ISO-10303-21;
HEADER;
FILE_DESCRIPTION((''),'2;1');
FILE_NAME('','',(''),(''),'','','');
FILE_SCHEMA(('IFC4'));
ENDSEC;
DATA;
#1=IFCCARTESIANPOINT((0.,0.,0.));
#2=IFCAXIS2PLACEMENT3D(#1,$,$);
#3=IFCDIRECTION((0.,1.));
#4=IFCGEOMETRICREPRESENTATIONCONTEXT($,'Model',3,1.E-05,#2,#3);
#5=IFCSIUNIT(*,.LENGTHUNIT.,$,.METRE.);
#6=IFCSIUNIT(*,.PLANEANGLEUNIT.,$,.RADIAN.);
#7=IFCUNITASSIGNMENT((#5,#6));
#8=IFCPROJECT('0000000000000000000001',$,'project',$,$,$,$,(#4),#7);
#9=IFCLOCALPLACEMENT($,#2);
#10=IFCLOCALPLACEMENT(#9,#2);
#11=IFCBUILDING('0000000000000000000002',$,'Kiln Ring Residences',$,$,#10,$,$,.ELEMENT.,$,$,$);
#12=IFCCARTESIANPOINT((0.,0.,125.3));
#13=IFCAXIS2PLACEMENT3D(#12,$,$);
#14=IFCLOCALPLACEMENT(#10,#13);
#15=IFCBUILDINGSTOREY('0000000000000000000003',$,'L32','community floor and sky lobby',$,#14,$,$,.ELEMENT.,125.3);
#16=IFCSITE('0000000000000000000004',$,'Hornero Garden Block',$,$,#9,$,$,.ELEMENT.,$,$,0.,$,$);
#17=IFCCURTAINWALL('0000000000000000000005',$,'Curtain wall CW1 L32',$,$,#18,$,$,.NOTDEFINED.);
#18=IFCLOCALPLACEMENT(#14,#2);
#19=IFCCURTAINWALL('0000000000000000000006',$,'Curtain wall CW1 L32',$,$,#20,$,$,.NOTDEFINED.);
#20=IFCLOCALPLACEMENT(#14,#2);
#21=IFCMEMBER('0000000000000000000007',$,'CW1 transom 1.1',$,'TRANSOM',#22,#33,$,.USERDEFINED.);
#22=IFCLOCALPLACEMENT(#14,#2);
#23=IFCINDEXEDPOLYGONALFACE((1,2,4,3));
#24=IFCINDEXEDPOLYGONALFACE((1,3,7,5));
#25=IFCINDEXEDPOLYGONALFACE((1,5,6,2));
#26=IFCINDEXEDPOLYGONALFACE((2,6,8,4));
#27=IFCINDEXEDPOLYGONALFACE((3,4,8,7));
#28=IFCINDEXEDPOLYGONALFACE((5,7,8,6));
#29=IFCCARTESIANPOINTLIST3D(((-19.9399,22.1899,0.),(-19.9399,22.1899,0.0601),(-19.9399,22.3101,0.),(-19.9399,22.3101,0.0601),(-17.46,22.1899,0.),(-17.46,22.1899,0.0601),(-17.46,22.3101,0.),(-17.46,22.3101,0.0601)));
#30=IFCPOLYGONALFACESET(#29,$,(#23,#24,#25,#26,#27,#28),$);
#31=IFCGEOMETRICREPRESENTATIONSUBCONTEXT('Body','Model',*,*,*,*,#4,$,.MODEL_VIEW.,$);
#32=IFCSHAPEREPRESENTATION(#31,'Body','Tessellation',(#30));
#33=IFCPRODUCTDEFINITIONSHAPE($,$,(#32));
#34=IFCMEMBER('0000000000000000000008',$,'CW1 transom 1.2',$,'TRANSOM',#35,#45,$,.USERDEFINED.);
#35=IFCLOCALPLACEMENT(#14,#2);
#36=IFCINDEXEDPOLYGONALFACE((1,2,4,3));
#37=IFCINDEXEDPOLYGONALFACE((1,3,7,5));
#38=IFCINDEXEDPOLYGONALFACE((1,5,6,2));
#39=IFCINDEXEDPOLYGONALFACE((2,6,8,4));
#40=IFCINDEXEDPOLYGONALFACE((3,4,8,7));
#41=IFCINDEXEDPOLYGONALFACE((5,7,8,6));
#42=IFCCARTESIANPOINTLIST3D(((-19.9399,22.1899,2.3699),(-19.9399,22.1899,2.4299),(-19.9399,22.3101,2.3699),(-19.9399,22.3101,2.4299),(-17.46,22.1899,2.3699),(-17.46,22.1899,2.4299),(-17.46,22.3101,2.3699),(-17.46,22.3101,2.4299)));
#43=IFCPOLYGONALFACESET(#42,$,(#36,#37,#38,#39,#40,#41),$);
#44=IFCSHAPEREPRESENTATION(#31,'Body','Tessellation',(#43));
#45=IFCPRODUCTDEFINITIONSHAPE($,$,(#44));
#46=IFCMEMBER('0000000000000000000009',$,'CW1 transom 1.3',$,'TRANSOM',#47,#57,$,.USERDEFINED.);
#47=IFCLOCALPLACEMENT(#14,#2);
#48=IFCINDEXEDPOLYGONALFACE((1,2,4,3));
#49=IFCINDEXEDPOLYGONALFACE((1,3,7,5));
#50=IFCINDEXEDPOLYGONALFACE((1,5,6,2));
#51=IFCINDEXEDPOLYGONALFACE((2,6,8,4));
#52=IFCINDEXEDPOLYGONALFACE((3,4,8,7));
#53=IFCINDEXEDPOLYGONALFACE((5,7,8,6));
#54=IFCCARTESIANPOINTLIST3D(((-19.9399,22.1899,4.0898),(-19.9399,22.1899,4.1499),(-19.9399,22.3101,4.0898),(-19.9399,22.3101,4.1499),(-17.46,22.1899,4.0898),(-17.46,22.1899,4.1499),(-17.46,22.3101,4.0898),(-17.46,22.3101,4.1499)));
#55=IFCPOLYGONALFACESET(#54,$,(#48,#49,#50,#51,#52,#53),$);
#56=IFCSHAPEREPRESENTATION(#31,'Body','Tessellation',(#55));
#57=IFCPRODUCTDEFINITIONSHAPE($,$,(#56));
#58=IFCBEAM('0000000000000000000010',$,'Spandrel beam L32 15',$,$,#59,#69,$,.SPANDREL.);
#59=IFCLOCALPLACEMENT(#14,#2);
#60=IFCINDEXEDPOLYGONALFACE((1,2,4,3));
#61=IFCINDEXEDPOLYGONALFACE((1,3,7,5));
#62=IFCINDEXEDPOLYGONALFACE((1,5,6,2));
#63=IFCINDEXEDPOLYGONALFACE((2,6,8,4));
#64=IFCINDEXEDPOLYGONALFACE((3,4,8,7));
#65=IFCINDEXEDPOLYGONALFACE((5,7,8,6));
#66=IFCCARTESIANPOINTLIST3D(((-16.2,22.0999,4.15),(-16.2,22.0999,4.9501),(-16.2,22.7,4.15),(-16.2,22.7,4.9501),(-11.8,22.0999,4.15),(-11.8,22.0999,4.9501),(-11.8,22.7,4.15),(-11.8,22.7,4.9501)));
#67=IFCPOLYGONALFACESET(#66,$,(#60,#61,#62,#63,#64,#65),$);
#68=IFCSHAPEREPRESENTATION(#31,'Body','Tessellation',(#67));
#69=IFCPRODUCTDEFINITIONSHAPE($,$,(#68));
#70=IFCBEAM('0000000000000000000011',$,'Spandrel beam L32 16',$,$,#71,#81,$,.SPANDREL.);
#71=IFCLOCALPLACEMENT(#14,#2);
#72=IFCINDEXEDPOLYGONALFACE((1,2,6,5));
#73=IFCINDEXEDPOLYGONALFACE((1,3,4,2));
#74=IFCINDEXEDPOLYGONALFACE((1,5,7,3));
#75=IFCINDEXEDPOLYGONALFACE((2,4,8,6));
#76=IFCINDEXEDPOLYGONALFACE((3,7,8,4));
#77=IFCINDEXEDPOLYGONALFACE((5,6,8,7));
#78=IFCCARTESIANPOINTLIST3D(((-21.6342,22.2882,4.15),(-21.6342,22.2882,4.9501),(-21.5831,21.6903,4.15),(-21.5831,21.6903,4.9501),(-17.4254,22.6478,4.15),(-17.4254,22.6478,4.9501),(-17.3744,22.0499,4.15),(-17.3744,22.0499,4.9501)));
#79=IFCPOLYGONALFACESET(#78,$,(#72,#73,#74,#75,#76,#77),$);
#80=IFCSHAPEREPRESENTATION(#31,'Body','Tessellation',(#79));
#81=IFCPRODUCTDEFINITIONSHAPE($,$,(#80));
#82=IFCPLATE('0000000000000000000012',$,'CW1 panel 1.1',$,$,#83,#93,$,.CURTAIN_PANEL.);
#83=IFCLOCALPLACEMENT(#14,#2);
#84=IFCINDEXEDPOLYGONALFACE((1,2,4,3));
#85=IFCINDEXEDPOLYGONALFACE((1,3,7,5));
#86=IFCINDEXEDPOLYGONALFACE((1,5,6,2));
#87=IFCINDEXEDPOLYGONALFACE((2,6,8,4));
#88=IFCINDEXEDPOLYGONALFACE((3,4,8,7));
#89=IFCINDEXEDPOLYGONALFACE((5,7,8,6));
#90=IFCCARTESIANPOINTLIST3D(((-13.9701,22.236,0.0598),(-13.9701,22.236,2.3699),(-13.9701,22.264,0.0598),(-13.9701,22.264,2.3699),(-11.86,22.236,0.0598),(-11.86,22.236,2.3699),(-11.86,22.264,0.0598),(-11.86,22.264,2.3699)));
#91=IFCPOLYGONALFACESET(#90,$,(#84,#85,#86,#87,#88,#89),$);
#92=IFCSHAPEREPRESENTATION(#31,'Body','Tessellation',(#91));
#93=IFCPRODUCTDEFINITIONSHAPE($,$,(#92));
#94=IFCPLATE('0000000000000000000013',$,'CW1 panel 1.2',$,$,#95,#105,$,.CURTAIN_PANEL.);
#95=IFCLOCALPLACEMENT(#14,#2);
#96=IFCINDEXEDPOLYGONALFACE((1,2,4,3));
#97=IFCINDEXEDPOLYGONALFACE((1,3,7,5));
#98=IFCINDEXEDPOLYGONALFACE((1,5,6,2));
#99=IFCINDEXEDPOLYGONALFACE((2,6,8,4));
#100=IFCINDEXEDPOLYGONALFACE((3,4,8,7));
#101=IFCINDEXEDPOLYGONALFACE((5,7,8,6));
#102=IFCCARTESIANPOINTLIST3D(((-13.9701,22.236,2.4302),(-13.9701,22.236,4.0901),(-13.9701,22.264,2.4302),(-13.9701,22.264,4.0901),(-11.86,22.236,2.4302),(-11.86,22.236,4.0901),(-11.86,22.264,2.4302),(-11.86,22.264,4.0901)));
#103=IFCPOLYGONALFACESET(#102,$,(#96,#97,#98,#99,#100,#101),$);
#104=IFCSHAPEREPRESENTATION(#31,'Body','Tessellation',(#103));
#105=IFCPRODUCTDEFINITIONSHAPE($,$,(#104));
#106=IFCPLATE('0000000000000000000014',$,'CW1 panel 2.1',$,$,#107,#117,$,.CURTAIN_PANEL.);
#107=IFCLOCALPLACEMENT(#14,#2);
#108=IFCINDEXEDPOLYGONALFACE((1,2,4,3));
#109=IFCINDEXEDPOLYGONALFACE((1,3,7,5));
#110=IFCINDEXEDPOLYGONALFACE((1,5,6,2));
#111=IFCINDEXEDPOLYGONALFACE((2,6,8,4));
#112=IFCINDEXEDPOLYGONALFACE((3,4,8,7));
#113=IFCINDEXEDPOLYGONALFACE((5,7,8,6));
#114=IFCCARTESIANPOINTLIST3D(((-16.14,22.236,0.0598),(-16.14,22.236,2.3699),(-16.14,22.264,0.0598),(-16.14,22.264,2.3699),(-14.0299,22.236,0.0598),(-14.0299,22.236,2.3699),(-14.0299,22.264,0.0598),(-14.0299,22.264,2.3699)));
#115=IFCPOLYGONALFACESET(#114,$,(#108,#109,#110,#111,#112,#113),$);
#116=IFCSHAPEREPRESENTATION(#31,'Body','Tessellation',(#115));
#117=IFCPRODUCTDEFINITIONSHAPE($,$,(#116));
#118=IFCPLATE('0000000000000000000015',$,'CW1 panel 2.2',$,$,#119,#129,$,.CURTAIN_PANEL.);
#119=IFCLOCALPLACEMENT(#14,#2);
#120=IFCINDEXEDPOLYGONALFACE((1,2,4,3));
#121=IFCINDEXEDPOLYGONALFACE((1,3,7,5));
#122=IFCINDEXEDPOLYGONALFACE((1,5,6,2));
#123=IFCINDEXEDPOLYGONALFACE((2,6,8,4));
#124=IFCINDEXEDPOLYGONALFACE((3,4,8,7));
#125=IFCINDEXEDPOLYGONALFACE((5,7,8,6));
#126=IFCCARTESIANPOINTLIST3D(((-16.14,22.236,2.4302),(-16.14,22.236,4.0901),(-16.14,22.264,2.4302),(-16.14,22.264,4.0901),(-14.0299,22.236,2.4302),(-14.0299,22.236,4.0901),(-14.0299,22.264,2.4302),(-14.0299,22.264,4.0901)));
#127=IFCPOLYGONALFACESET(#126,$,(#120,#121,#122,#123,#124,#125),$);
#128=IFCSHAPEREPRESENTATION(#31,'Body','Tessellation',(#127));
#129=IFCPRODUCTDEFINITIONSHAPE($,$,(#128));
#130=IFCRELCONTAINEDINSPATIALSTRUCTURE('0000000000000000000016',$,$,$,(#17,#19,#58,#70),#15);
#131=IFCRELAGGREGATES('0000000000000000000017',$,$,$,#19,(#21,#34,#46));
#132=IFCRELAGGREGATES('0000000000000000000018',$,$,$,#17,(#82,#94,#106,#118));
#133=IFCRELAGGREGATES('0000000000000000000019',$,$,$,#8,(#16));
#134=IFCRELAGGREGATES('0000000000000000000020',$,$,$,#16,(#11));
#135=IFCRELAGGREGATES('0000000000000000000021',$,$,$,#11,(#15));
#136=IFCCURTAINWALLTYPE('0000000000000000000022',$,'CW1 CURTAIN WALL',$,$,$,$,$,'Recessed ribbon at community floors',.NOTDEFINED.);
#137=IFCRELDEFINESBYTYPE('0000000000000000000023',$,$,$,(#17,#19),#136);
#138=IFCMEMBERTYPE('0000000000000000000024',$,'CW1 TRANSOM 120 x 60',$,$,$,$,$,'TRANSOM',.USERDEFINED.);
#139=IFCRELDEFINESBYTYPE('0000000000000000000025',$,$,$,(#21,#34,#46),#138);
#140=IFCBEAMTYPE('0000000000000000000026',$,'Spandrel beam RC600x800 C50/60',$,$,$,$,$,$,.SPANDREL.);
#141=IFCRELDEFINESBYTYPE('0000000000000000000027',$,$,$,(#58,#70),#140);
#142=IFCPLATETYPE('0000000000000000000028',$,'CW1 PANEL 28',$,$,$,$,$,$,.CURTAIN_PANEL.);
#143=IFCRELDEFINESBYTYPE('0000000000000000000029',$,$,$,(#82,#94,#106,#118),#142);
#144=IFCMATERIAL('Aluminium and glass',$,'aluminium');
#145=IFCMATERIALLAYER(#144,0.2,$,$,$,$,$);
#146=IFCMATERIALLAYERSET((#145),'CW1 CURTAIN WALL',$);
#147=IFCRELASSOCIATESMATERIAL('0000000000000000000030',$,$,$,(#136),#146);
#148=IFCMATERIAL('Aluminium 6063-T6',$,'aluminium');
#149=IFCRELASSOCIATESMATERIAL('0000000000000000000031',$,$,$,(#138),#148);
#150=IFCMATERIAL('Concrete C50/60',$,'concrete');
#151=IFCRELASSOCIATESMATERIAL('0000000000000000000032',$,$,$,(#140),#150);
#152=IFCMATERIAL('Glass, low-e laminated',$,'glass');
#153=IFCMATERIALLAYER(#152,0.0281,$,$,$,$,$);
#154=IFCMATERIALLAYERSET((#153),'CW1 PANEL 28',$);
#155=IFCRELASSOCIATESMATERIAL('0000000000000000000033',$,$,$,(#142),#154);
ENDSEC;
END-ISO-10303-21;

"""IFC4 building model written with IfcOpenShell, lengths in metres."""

from ifc_helpers import new_model, si_unit, direction, frame, origin, origin_2d, place, context, subcontext, project, spatial, rectangle, extrude, material, layer, layer_set, material_profile, profile_set, type_object, element, aggregate, save


model = new_model("IFC4")

# Units and contexts
model_context = context("Model", 3, precision=1e-05, world=origin(), true_north=direction((0.0, 1.0)))
body_context = subcontext(model_context, "Body", "Model", "MODEL_VIEW")
ifc_project = project(units=[si_unit("LENGTHUNIT", "METRE"), si_unit("PLANEANGLEUNIT", "RADIAN")], contexts=[model_context])

# Site, building, storey
site_placement = place(None, origin())
site = spatial("IfcSite", under=ifc_project, at=site_placement, Name="Hornero Garden Block", CompositionType="ELEMENT", RefElevation=0.0)
building_placement = place(site_placement, origin())
building = spatial("IfcBuilding", under=site, at=building_placement, Name="Kiln Ring Residences", CompositionType="ELEMENT")
storey_placement = place(building_placement, frame((0.0, 0.0, 125.3)))
storey = spatial("IfcBuildingStorey", under=building, at=storey_placement, Name="L32", Description="community floor and sky lobby", CompositionType="ELEMENT", Elevation=125.3)

# Shared definitions
ifc_material_1 = material(Name="Aluminium and glass", Category="aluminium")
ifc_layer_1 = layer(ifc_material_1, 0.2)
ifc_layer_set_1 = layer_set([ifc_layer_1], Name="CW1 CURTAIN WALL")
curtain_wall_type = type_object("IfcCurtainWallType", Name="CW1 CURTAIN WALL", ElementType="Recessed ribbon at community floors", PredefinedType="NOTDEFINED", material=ifc_layer_set_1)
placement = place(storey_placement, origin())

# Curtain wall
curtain_wall_1 = element("IfcCurtainWall", 1, at=placement, inside=storey, type_object=curtain_wall_type, Name="Curtain wall CW1 L32", PredefinedType="NOTDEFINED")

# Curtain wall
curtain_wall_2 = element("IfcCurtainWall", 2, at=placement, inside=storey, type_object=curtain_wall_type, Name="Curtain wall CW1 L32", PredefinedType="NOTDEFINED")

# Members
ifc_material_2 = material(Name="Aluminium 6063-T6", Category="aluminium")
ifc_material_profile_1 = material_profile(ifc_material_2, rectangle(XDim=0.1201, YDim=0.0601, at=origin_2d()), Name="AL 120x60")
ifc_profile_set_1 = profile_set([ifc_material_profile_1], Name="Aluminium 6063-T6")
member_type_1 = type_object("IfcMemberType", Name="CW1 TRANSOM 120 x 60", ElementType="TRANSOM", PredefinedType="USERDEFINED", material=ifc_profile_set_1)
member_1_placement = place(storey_placement, frame((-17.46, 22.25, 0.03), z_axis=(-1.0, 0.0, 0.0), x_axis=(0.0, -1.0, 0.0)))
member_1 = element("IfcMember", 3, at=member_1_placement, type_object=member_type_1, Name="CW1 transom 1.1", ObjectType="TRANSOM", PredefinedType="USERDEFINED", context=body_context, shape_type="SweptSolid", body=[
    extrude(rectangle(XDim=0.1201, YDim=0.0601, at=origin_2d()), origin(), (0.0, 0.0, 1.0), 2.48),
])
member_2_placement = place(storey_placement, frame((-17.46, 22.25, 2.3999), z_axis=(-1.0, 0.0, 0.0), x_axis=(0.0, -1.0, 0.0)))
member_2 = element("IfcMember", 4, at=member_2_placement, type_object=member_type_1, Name="CW1 transom 1.2", ObjectType="TRANSOM", PredefinedType="USERDEFINED", context=body_context, shape_type="SweptSolid", body=[
    extrude(rectangle(XDim=0.1201, YDim=0.0601, at=origin_2d()), origin(), (0.0, 0.0, 1.0), 2.48),
])
member_3_placement = place(storey_placement, frame((-17.46, 22.25, 4.1199), z_axis=(-1.0, 0.0, 0.0), x_axis=(0.0, -1.0, 0.0)))
member_3 = element("IfcMember", 5, at=member_3_placement, type_object=member_type_1, Name="CW1 transom 1.3", ObjectType="TRANSOM", PredefinedType="USERDEFINED", context=body_context, shape_type="SweptSolid", body=[
    extrude(rectangle(XDim=0.1201, YDim=0.0601, at=origin_2d()), origin(), (0.0, 0.0, 1.0), 2.48),
])
aggregate(curtain_wall_2, [member_1, member_2, member_3])

# Beams
ifc_material_3 = material(Name="Concrete C50/60", Category="concrete")
ifc_material_profile_2 = material_profile(ifc_material_3, rectangle(XDim=0.6001, YDim=0.8, at=origin_2d()), Name="RC600x800")
ifc_profile_set_2 = profile_set([ifc_material_profile_2], Name="Concrete C50/60")
beam_type = type_object("IfcBeamType", Name="Spandrel beam RC600x800 C50/60", PredefinedType="SPANDREL", material=ifc_profile_set_2)
beam_1_placement = place(storey_placement, frame((-11.8, 22.3999, 4.55), z_axis=(-1.0, 0.0, 0.0), x_axis=(0.0, -1.0, 0.0)))
element("IfcBeam", 6, at=beam_1_placement, inside=storey, type_object=beam_type, Name="Spandrel beam L32 15", PredefinedType="SPANDREL", context=body_context, shape_type="SweptSolid", body=[
    extrude(rectangle(XDim=0.6001, YDim=0.8, at=origin_2d()), origin(), (0.0, 0.0, 1.0), 4.3999),
])
beam_2_placement = place(storey_placement, frame((-17.3999, 22.3489, 4.55), z_axis=(-0.996369, -0.085136, 0.0), x_axis=(0.085136, -0.996369, 0.0)))
element("IfcBeam", 7, at=beam_2_placement, inside=storey, type_object=beam_type, Name="Spandrel beam L32 16", PredefinedType="SPANDREL", context=body_context, shape_type="SweptSolid", body=[
    extrude(rectangle(XDim=0.6001, YDim=0.8, at=origin_2d()), origin(), (0.0, 0.0, 1.0), 4.2241),
])

# Plates
ifc_material_4 = material(Name="Glass, low-e laminated", Category="glass")
ifc_layer_2 = layer(ifc_material_4, 0.0281)
ifc_layer_set_2 = layer_set([ifc_layer_2], Name="CW1 PANEL 28")
plate_type = type_object("IfcPlateType", Name="CW1 PANEL 28", PredefinedType="CURTAIN_PANEL", material=ifc_layer_set_2)
plate_1_placement = place(storey_placement, frame((-12.915, 22.25, 0.0598), z_axis=(0.0, 0.0, 1.0), x_axis=(-1.0, 0.0, 0.0)))
plate_1 = element("IfcPlate", 8, at=plate_1_placement, type_object=plate_type, Name="CW1 panel 1.1", PredefinedType="CURTAIN_PANEL", context=body_context, shape_type="SweptSolid", body=[
    extrude(rectangle(XDim=2.1101, YDim=0.0281, at=origin_2d()), origin(), (0.0, 0.0, 1.0), 2.3101),
])
plate_2_placement = place(storey_placement, frame((-12.915, 22.25, 2.4302), z_axis=(0.0, 0.0, 1.0), x_axis=(-1.0, 0.0, 0.0)))
plate_2 = element("IfcPlate", 9, at=plate_2_placement, type_object=plate_type, Name="CW1 panel 1.2", PredefinedType="CURTAIN_PANEL", context=body_context, shape_type="SweptSolid", body=[
    extrude(rectangle(XDim=2.1101, YDim=0.0281, at=origin_2d()), origin(), (0.0, 0.0, 1.0), 1.6599),
])
plate_3_placement = place(storey_placement, frame((-15.085, 22.25, 0.0598), z_axis=(0.0, 0.0, 1.0), x_axis=(-1.0, 0.0, 0.0)))
plate_3 = element("IfcPlate", 10, at=plate_3_placement, type_object=plate_type, Name="CW1 panel 2.1", PredefinedType="CURTAIN_PANEL", context=body_context, shape_type="SweptSolid", body=[
    extrude(rectangle(XDim=2.1101, YDim=0.0281, at=origin_2d()), origin(), (0.0, 0.0, 1.0), 2.3101),
])
plate_4_placement = place(storey_placement, frame((-15.085, 22.25, 2.4302), z_axis=(0.0, 0.0, 1.0), x_axis=(-1.0, 0.0, 0.0)))
plate_4 = element("IfcPlate", 11, at=plate_4_placement, type_object=plate_type, Name="CW1 panel 2.2", PredefinedType="CURTAIN_PANEL", context=body_context, shape_type="SweptSolid", body=[
    extrude(rectangle(XDim=2.1101, YDim=0.0281, at=origin_2d()), origin(), (0.0, 0.0, 1.0), 1.6599),
])
aggregate(curtain_wall_1, [plate_1, plate_2, plate_3, plate_4])

save(model, "model.ifc")
